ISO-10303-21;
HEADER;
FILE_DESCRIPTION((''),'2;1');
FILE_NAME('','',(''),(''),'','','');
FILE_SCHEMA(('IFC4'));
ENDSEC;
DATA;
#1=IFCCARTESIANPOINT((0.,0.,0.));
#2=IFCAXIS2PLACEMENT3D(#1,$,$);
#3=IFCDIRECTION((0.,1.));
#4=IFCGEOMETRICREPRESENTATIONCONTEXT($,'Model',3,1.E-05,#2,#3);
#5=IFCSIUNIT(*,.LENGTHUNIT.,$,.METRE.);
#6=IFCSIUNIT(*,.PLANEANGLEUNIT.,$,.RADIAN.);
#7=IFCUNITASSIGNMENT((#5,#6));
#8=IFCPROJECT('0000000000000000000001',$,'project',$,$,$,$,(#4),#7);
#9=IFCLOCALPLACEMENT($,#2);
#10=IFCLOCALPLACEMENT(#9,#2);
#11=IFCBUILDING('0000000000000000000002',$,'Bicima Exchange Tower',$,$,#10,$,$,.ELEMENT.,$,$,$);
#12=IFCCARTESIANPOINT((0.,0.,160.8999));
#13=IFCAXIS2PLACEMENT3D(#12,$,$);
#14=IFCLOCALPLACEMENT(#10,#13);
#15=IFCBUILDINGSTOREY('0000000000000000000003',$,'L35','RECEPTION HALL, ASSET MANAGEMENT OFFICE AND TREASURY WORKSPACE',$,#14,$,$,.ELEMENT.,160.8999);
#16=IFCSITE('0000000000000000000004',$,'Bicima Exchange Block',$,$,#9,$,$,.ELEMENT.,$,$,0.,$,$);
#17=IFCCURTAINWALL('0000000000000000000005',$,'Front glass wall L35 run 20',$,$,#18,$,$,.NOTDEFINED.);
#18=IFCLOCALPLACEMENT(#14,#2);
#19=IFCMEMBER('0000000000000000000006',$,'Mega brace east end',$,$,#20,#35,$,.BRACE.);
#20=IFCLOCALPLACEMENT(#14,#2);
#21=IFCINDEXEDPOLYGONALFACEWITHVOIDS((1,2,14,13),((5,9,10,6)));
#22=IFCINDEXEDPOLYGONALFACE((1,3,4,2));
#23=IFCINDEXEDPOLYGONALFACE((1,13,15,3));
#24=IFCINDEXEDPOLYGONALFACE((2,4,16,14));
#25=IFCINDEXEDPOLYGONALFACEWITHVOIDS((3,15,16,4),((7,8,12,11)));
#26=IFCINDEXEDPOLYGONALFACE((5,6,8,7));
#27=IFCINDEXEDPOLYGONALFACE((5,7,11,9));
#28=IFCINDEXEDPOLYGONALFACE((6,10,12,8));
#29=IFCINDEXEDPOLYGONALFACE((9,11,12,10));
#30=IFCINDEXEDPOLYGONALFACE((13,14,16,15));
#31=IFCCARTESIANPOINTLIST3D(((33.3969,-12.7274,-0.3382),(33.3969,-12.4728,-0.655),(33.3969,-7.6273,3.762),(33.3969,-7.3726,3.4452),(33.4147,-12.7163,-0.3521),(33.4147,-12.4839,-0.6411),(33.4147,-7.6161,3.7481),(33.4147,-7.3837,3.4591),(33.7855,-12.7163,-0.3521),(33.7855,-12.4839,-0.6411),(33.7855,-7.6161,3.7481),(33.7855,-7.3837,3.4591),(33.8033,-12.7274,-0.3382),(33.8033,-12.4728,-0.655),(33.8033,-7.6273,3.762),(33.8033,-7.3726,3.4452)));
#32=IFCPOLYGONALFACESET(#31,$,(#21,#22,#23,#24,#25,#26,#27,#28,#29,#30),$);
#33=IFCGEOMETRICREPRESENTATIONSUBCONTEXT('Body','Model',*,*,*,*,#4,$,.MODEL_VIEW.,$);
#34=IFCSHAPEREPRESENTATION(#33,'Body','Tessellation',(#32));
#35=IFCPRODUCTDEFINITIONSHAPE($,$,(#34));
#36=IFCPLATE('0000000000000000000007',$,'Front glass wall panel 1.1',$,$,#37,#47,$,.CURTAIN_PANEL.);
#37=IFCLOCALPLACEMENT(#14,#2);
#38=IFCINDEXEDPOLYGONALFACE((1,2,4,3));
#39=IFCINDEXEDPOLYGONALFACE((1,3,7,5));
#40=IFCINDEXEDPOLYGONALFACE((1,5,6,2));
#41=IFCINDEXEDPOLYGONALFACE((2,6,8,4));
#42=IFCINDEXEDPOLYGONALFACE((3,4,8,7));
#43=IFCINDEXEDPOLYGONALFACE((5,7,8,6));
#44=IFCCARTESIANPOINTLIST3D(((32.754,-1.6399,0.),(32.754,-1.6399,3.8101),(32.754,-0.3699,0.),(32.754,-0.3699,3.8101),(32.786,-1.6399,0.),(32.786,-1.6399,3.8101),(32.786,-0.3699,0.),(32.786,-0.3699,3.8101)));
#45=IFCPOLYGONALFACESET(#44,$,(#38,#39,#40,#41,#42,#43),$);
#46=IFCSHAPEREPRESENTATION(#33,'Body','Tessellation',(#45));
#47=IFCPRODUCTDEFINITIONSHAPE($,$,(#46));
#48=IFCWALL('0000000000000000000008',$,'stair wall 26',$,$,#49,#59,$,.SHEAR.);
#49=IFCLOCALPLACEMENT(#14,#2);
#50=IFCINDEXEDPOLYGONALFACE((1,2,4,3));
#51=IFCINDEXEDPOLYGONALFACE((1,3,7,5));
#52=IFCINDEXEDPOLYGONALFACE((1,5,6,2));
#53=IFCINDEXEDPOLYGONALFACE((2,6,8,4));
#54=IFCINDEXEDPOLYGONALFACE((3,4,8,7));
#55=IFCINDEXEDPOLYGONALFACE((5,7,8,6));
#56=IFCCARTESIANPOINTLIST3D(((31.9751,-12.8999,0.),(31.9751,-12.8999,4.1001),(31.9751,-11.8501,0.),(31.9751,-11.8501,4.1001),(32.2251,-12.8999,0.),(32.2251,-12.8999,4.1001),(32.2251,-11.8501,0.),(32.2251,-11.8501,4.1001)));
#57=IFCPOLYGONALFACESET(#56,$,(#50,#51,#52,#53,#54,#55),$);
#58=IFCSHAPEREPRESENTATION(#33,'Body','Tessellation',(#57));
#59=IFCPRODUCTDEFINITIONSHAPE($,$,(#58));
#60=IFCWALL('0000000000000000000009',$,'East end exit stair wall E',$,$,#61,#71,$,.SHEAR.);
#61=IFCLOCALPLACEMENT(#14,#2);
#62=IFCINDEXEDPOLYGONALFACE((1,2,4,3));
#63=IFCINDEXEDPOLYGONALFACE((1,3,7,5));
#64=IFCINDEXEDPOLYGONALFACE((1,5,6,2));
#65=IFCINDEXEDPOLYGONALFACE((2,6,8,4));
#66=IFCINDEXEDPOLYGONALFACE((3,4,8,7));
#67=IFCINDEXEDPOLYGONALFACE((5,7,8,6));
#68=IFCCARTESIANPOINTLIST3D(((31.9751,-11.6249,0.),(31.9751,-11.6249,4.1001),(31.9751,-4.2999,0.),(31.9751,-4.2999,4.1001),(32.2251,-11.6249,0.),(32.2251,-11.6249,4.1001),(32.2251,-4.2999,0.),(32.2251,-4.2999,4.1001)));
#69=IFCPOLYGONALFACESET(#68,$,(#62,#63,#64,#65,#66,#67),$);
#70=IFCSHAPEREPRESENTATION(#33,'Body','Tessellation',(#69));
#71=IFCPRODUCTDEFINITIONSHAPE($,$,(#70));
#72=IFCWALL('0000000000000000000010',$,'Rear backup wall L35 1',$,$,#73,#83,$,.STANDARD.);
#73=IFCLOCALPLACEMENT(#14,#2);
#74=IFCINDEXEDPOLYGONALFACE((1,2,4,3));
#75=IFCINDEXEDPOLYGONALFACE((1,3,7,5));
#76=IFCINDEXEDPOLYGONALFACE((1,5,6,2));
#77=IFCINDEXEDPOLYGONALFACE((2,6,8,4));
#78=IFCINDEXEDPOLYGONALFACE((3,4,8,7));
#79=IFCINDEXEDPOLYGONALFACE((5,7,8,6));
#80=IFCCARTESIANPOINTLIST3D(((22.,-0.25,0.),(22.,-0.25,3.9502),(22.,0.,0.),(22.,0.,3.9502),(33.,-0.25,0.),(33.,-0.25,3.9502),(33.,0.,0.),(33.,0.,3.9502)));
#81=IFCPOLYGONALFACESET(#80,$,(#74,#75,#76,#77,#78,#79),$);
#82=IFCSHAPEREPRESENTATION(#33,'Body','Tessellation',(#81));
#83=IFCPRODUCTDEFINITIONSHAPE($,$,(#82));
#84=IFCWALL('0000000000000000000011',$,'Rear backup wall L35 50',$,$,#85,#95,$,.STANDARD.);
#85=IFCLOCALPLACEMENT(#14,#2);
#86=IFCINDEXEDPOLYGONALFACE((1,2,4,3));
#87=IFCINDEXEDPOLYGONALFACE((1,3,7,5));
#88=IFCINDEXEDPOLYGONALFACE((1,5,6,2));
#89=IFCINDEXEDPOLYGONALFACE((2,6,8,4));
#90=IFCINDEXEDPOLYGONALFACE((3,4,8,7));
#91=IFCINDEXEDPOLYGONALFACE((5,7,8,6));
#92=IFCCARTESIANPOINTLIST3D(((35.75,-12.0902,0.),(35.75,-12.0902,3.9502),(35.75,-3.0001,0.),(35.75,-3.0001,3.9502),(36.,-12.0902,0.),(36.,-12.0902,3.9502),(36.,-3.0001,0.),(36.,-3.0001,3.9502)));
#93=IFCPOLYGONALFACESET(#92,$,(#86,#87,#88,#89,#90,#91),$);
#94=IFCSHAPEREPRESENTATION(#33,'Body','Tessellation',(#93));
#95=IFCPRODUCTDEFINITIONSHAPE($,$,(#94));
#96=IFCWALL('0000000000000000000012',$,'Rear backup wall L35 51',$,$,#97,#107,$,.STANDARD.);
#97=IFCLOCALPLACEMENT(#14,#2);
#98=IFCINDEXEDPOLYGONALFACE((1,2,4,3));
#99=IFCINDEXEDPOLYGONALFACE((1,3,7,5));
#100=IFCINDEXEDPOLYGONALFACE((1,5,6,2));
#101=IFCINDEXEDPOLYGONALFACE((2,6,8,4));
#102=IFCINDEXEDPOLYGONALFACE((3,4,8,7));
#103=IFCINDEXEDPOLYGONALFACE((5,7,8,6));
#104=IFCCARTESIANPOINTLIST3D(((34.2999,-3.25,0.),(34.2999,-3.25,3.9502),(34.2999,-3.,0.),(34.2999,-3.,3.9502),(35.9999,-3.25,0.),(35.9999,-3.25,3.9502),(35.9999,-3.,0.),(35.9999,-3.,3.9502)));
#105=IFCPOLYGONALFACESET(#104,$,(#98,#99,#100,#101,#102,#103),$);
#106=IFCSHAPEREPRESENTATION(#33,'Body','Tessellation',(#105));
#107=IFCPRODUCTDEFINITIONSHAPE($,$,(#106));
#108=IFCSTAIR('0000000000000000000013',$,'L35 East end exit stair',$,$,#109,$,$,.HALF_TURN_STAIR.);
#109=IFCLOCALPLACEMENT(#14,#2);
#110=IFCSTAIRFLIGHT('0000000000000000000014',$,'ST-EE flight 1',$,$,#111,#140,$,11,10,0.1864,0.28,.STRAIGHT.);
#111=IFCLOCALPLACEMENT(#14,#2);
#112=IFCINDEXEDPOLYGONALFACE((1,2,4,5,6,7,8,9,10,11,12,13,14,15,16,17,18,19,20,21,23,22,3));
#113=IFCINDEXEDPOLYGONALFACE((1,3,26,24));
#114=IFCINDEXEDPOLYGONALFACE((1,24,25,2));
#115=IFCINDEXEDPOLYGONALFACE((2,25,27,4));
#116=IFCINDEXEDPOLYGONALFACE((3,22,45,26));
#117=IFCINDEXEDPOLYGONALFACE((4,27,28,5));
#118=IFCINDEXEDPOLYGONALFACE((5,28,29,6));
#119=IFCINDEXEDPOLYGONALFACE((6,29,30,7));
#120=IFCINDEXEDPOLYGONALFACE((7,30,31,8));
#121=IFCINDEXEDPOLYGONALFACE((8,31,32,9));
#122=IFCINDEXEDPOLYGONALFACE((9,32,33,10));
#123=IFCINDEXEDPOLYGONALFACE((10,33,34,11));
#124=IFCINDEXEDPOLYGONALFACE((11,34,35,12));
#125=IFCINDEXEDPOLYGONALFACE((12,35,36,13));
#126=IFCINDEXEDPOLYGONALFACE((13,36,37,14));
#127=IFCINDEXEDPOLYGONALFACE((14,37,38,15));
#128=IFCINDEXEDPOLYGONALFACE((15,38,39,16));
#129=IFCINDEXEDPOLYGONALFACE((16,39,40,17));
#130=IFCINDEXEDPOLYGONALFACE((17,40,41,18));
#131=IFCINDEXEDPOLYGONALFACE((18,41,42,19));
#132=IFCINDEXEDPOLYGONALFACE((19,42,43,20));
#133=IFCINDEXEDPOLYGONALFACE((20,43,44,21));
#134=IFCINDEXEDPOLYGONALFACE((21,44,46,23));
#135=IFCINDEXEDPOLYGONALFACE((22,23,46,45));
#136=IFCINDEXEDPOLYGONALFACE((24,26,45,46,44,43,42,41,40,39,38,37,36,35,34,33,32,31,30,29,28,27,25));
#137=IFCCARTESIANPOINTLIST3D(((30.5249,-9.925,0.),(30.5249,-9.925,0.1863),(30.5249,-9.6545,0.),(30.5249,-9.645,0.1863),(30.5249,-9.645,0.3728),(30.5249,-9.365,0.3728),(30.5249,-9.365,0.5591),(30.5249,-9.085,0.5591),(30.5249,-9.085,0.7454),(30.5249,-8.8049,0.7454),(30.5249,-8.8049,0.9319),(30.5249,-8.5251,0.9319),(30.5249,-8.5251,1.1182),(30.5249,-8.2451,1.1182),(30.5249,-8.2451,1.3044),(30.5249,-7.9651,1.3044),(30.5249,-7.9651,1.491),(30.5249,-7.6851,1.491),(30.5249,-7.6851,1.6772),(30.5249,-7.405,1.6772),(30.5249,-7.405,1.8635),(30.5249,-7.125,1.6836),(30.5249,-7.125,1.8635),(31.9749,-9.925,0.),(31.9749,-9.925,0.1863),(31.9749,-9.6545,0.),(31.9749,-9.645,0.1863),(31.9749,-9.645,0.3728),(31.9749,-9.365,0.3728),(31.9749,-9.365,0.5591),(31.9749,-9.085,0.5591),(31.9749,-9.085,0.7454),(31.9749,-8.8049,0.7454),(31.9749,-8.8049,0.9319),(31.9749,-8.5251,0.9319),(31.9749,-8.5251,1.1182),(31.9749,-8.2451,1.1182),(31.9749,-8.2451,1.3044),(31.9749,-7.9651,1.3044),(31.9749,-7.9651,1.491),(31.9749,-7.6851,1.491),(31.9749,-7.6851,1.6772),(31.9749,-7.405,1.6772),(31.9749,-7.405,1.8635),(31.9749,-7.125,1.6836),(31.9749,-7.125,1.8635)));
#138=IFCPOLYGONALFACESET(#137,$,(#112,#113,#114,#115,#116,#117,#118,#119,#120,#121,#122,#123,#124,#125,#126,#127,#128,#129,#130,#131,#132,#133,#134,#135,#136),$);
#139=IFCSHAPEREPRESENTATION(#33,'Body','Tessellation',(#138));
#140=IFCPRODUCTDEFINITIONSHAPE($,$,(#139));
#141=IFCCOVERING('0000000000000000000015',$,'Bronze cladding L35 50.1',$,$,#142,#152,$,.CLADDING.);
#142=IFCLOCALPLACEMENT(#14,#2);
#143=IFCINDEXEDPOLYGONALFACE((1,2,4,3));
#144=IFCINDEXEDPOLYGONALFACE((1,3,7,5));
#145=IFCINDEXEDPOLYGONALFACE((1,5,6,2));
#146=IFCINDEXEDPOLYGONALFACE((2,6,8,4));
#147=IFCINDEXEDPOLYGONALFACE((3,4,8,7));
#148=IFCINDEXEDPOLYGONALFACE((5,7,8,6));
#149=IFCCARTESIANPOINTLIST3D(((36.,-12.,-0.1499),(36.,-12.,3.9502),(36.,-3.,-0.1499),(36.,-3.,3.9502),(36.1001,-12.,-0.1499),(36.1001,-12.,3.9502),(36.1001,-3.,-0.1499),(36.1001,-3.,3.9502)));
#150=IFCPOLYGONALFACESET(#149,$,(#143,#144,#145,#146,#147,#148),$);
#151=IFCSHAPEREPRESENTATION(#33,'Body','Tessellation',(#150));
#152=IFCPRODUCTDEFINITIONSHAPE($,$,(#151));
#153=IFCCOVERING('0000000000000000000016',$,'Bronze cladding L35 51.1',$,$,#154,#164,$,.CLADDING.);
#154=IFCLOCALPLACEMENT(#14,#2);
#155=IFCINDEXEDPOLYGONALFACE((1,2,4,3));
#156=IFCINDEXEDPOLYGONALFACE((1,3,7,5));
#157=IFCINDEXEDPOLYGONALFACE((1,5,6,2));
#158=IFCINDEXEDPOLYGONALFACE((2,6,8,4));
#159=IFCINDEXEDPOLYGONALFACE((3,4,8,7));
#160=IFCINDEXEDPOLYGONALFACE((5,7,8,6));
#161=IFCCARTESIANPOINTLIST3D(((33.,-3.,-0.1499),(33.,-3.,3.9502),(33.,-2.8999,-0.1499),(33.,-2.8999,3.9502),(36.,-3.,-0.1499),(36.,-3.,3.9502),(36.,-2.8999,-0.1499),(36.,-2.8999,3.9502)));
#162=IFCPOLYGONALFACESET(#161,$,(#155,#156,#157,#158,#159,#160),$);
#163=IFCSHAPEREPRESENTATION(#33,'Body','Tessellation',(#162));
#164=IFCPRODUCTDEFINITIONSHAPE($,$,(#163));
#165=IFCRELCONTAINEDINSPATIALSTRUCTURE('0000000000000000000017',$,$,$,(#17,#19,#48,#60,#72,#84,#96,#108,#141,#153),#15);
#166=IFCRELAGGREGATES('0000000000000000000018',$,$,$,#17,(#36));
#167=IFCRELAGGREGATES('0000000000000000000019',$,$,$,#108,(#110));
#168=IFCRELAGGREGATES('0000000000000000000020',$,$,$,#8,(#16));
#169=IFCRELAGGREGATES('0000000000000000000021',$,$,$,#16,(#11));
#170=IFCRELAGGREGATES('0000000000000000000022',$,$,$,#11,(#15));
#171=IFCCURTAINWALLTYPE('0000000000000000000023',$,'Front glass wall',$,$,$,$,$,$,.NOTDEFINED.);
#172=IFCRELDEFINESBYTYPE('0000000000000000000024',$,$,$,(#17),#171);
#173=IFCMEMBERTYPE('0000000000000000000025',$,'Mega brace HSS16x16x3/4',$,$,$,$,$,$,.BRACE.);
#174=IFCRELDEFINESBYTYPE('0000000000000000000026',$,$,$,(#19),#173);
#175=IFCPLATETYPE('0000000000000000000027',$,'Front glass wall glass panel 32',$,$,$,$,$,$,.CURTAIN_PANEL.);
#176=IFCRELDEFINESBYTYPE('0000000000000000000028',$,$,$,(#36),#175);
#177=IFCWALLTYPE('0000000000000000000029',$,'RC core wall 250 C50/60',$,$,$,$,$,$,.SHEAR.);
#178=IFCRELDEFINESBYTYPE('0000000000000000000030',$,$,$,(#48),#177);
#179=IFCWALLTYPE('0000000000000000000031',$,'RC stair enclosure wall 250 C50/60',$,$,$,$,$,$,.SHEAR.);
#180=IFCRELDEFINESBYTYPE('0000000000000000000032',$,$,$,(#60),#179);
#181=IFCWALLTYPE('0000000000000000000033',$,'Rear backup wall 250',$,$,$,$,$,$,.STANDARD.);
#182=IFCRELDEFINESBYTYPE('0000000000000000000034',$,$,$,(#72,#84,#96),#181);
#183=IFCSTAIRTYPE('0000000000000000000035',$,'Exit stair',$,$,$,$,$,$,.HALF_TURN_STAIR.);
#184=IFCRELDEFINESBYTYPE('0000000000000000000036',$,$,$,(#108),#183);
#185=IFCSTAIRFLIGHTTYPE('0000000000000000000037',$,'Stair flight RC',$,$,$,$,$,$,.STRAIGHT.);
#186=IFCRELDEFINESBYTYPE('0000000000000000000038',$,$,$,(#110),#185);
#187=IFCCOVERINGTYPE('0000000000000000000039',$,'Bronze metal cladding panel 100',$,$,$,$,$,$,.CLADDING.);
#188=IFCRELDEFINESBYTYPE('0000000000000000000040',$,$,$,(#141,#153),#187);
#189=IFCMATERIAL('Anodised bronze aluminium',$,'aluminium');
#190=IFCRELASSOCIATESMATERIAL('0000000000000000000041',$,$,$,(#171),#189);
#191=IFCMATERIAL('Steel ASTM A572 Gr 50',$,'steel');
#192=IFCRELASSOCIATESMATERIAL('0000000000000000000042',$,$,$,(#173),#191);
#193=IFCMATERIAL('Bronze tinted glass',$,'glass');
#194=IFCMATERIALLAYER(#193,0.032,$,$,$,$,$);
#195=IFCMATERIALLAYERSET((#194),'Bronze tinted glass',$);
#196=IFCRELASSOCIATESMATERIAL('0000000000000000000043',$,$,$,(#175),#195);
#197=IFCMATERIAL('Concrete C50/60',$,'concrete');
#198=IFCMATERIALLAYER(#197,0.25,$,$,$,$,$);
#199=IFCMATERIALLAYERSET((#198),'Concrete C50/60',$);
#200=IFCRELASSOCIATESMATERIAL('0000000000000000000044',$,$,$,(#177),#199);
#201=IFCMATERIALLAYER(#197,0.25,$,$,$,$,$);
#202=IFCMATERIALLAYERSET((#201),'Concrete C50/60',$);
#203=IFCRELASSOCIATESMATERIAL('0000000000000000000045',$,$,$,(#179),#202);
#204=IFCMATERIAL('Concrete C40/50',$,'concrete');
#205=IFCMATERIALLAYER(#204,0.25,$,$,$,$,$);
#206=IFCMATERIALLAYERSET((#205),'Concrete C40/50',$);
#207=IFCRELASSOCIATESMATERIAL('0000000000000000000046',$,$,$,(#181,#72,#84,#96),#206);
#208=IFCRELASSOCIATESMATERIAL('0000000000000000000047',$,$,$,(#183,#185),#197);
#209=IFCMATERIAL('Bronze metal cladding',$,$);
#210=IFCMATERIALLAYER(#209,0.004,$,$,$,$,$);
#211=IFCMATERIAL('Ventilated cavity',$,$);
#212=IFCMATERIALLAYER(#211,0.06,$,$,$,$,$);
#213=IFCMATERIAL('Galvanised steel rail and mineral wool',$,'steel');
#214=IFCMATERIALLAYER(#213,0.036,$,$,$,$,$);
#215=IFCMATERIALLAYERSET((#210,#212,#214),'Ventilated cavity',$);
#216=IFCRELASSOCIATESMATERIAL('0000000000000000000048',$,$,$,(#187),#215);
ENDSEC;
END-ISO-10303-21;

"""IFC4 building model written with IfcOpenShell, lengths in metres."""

from ifc_helpers import new_model, si_unit, direction, frame, frame_2d, origin, origin_2d, place, context, subcontext, project, spatial, polyline, rectangle, hollow_rectangle, outline, extrude, material, layer, layer_set, layer_usage, material_profile, profile_set, type_object, element, aggregate, save


model = new_model("IFC4")

# Units and contexts
model_context = context("Model", 3, precision=1e-05, world=origin(), true_north=direction((0.0, 1.0)))
body_context = subcontext(model_context, "Body", "Model", "MODEL_VIEW")
ifc_project = project(units=[si_unit("LENGTHUNIT", "METRE"), si_unit("PLANEANGLEUNIT", "RADIAN")], contexts=[model_context])

# Site, building, storey
site_placement = place(None, origin())
site = spatial("IfcSite", under=ifc_project, at=site_placement, Name="Bicima Exchange Block", CompositionType="ELEMENT", RefElevation=0.0)
building_placement = place(site_placement, origin())
building = spatial("IfcBuilding", under=site, at=building_placement, Name="Bicima Exchange Tower", CompositionType="ELEMENT")
storey_placement = place(building_placement, frame((0.0, 0.0, 160.8999)))
storey = spatial("IfcBuildingStorey", under=building, at=storey_placement, Name="L35", Description="RECEPTION HALL, ASSET MANAGEMENT OFFICE AND TREASURY WORKSPACE", CompositionType="ELEMENT", Elevation=160.8999)

# Shared definitions
ifc_material_1 = material(Name="Steel ASTM A572 Gr 50", Category="steel")

# Shared definitions
ifc_material_2 = material(Name="Anodised bronze aluminium", Category="aluminium")

# Curtain wall
curtain_wall_type_1 = type_object("IfcCurtainWallType", Name="Front glass wall", PredefinedType="NOTDEFINED", material=ifc_material_2)
curtain_wall_1_placement = place(storey_placement, origin())
curtain_wall_1 = element("IfcCurtainWall", 1, at=curtain_wall_1_placement, inside=storey, type_object=curtain_wall_type_1, Name="Front glass wall L35 run 20", PredefinedType="NOTDEFINED")

# Member
ifc_material_profile_1 = material_profile(ifc_material_1, hollow_rectangle(XDim=0.4065, YDim=0.4065, WallThickness=0.0178, at=origin_2d()))
ifc_profile_set_1 = profile_set([ifc_material_profile_1], Name="Steel ASTM A572 Gr 50")
member_type_1 = type_object("IfcMemberType", Name="Mega brace HSS16x16x3/4", PredefinedType="BRACE", material=ifc_profile_set_1)
for number, where, z_axis, x_axis, name in (
    (2, (33.6001, -12.6001, -0.4966), (0.0, 0.779374, 0.626559), (-1.0, 0.0, 0.0), "Mega brace east end"),
):
    element("IfcMember", number, at=place(storey_placement, frame(where, z_axis=z_axis, x_axis=x_axis)), inside=storey, type_object=member_type_1, Name=name, PredefinedType="BRACE", context=body_context, shape_type="SweptSolid", body=[
        extrude(hollow_rectangle(XDim=0.4065, YDim=0.4065, WallThickness=0.0178, at=origin_2d()), origin(), (0.0, 0.0, 1.0), 6.5439),
    ])

# Plate
ifc_material_3 = material(Name="Bronze tinted glass", Category="glass")
ifc_layer_1 = layer(ifc_material_3, 0.032)
ifc_layer_set_1 = layer_set([ifc_layer_1], Name="Bronze tinted glass")
plate_type = type_object("IfcPlateType", Name="Front glass wall glass panel 32", PredefinedType="CURTAIN_PANEL", material=ifc_layer_set_1)
plate_placement = place(storey_placement, frame((32.77, -1.0049, 0.0), z_axis=(0.0, 0.0, 1.0), x_axis=(0.0, 1.0, 0.0)))
plate = element("IfcPlate", 3, at=plate_placement, type_object=plate_type, Name="Front glass wall panel 1.1", PredefinedType="CURTAIN_PANEL", context=body_context, shape_type="SweptSolid", body=[
    extrude(rectangle(XDim=1.27, YDim=0.032, at=origin_2d()), origin(), (0.0, 0.0, 1.0), 3.8101),
])
aggregate(curtain_wall_1, [plate])

# Walls
ifc_material_4 = material(Name="Concrete C50/60", Category="concrete")
ifc_layer_2 = layer(ifc_material_4, 0.25)
ifc_layer_set_2 = layer_set([ifc_layer_2], Name="Concrete C50/60")
wall_type_1 = type_object("IfcWallType", Name="RC core wall 250 C50/60", PredefinedType="SHEAR", material=ifc_layer_set_2)
wall_1_placement = place(storey_placement, frame((32.1001, -12.8999, 0.0), z_axis=(0.0, 0.0, 1.0), x_axis=(0.0, 1.0, 0.0)))
element("IfcWall", 4, at=wall_1_placement, inside=storey, type_object=wall_type_1, Name="stair wall 26", PredefinedType="SHEAR", context=body_context, shape_type="SweptSolid", body=[
    extrude(rectangle(XDim=1.0498, YDim=0.25, at=frame_2d((0.5249, 0.0))), origin(), (0.0, 0.0, 1.0), 4.1001),
])
ifc_layer_3 = layer(ifc_material_4, 0.25)
ifc_layer_set_3 = layer_set([ifc_layer_3], Name="Concrete C50/60")
wall_type_2 = type_object("IfcWallType", Name="RC stair enclosure wall 250 C50/60", PredefinedType="SHEAR", material=ifc_layer_set_3)
wall_2_placement = place(storey_placement, frame((32.1001, -11.625, 0.0), z_axis=(0.0, 0.0, 1.0), x_axis=(0.0, 1.0, 0.0)))
element("IfcWall", 5, at=wall_2_placement, inside=storey, type_object=wall_type_2, Name="East end exit stair wall E", PredefinedType="SHEAR", context=body_context, shape_type="SweptSolid", body=[
    extrude(rectangle(XDim=7.325, YDim=0.25, at=frame_2d((3.6626, 0.0))), origin(), (0.0, 0.0, 1.0), 4.1001),
])
ifc_material_5 = material(Name="Concrete C40/50", Category="concrete")
ifc_layer_4 = layer(ifc_material_5, 0.25)
ifc_layer_set_4 = layer_set([ifc_layer_4], Name="Concrete C40/50")
ifc_layer_usage = layer_usage(ifc_layer_set_4, "AXIS2", "POSITIVE", -0.125)
wall_type_3 = type_object("IfcWallType", Name="Rear backup wall 250", PredefinedType="STANDARD", material=ifc_layer_set_4)
wall_3_placement = place(storey_placement, frame((33.0, -0.125, 0.0), z_axis=(0.0, 0.0, 1.0), x_axis=(-1.0, 0.0, 0.0)))
element("IfcWall", 6, at=wall_3_placement, inside=storey, type_object=wall_type_3, material=ifc_layer_usage, Name="Rear backup wall L35 1", PredefinedType="STANDARD", context=body_context, shape_type="SweptSolid", body=[
    extrude(rectangle(XDim=11.0, YDim=0.25, at=frame_2d((5.5, 0.0))), origin(), (0.0, 0.0, 1.0), 3.9502),
])
wall_4_placement = place(storey_placement, frame((35.875, -12.0901, 0.0), z_axis=(0.0, 0.0, 1.0), x_axis=(0.0, 1.0, 0.0)))
element("IfcWall", 7, at=wall_4_placement, inside=storey, type_object=wall_type_3, material=ifc_layer_usage, Name="Rear backup wall L35 50", PredefinedType="STANDARD", context=body_context, shape_type="SweptSolid", body=[
    extrude(rectangle(XDim=9.0901, YDim=0.25, at=frame_2d((4.5449, 0.0))), origin(), (0.0, 0.0, 1.0), 3.9502),
])
wall_5_placement = place(storey_placement, frame((36.0, -3.125, 0.0), z_axis=(0.0, 0.0, 1.0), x_axis=(-1.0, 0.0, 0.0)))
element("IfcWall", 8, at=wall_5_placement, inside=storey, type_object=wall_type_3, material=ifc_layer_usage, Name="Rear backup wall L35 51", PredefinedType="STANDARD", context=body_context, shape_type="SweptSolid", body=[
    extrude(rectangle(XDim=1.7, YDim=0.25, at=frame_2d((0.8501, 0.0))), origin(), (0.0, 0.0, 1.0), 3.9502),
])

# Stair, stair flight
stair_type = type_object("IfcStairType", Name="Exit stair", PredefinedType="HALF_TURN_STAIR", material=ifc_material_4)
stair_placement = place(storey_placement, origin())
stair = element("IfcStair", 9, at=stair_placement, inside=storey, type_object=stair_type, Name="L35 East end exit stair", PredefinedType="HALF_TURN_STAIR")
stair_flight_type = type_object("IfcStairFlightType", Name="Stair flight RC", PredefinedType="STRAIGHT", material=ifc_material_4)
stair_flight_placement = place(storey_placement, frame((31.25, -9.925, 0.0), z_axis=(0.0, 0.0, 1.0), x_axis=(0.0, 1.0, 0.0)))
stair_flight = element("IfcStairFlight", 10, at=stair_flight_placement, type_object=stair_flight_type, Name="ST-EE flight 1", NumberOfRisers=11, NumberOfTreads=10, PredefinedType="STRAIGHT", RiserHeight=0.1864, TreadLength=0.28, context=body_context, shape_type="SweptSolid", body=[
    extrude(outline(polyline([(0.0, 0.0), (0.0, 0.1863), (0.28, 0.1863), (0.28, 0.3728), (0.5601, 0.3728), (0.5601, 0.5591), (0.8401, 0.5591), (0.8401, 0.7454), (1.1201, 0.7454), (1.1201, 0.9319), (1.3999, 0.9319), (1.3999, 1.1182), (1.6799, 1.1182), (1.6799, 1.3044), (1.96, 1.3044), (1.96, 1.491), (2.24, 1.491), (2.24, 1.6772), (2.52, 1.6772), (2.52, 1.8635), (2.8, 1.8635), (2.8, 2.05), (2.8, 1.6836), (0.2705, 0.0), (0.0, 0.0)])), frame((0.0, 0.7251, 0.0), z_axis=(0.0, -1.0, 0.0), x_axis=(1.0, 0.0, 0.0)), (0.0, 0.0, 1.0), 1.45),
])
aggregate(stair, [stair_flight])

# Coverings
ifc_material_6 = material(Name="Bronze metal cladding")
ifc_layer_5 = layer(ifc_material_6, 0.004)
ifc_material_7 = material(Name="Ventilated cavity")
ifc_layer_6 = layer(ifc_material_7, 0.06)
ifc_material_8 = material(Name="Galvanised steel rail and mineral wool", Category="steel")
ifc_layer_7 = layer(ifc_material_8, 0.036)
ifc_layer_set_5 = layer_set([ifc_layer_5, ifc_layer_6, ifc_layer_7], Name="Ventilated cavity")
covering_type = type_object("IfcCoveringType", Name="Bronze metal cladding panel 100", PredefinedType="CLADDING", material=ifc_layer_set_5)
covering_1_placement = place(storey_placement, frame((36.05, -7.5, -0.1499), z_axis=(0.0, 0.0, 1.0), x_axis=(0.0, 1.0, 0.0)))
element("IfcCovering", 11, at=covering_1_placement, inside=storey, type_object=covering_type, Name="Bronze cladding L35 50.1", PredefinedType="CLADDING", context=body_context, shape_type="SweptSolid", body=[
    extrude(rectangle(XDim=9.0, YDim=0.1001, at=origin_2d()), origin(), (0.0, 0.0, 1.0), 4.1001),
])
covering_2_placement = place(storey_placement, frame((34.5, -2.95, -0.1499), z_axis=(0.0, 0.0, 1.0), x_axis=(-1.0, 0.0, 0.0)))
element("IfcCovering", 12, at=covering_2_placement, inside=storey, type_object=covering_type, Name="Bronze cladding L35 51.1", PredefinedType="CLADDING", context=body_context, shape_type="SweptSolid", body=[
    extrude(rectangle(XDim=3.0, YDim=0.1001, at=origin_2d()), origin(), (0.0, 0.0, 1.0), 4.1001),
])

save(model, "model.ifc")
